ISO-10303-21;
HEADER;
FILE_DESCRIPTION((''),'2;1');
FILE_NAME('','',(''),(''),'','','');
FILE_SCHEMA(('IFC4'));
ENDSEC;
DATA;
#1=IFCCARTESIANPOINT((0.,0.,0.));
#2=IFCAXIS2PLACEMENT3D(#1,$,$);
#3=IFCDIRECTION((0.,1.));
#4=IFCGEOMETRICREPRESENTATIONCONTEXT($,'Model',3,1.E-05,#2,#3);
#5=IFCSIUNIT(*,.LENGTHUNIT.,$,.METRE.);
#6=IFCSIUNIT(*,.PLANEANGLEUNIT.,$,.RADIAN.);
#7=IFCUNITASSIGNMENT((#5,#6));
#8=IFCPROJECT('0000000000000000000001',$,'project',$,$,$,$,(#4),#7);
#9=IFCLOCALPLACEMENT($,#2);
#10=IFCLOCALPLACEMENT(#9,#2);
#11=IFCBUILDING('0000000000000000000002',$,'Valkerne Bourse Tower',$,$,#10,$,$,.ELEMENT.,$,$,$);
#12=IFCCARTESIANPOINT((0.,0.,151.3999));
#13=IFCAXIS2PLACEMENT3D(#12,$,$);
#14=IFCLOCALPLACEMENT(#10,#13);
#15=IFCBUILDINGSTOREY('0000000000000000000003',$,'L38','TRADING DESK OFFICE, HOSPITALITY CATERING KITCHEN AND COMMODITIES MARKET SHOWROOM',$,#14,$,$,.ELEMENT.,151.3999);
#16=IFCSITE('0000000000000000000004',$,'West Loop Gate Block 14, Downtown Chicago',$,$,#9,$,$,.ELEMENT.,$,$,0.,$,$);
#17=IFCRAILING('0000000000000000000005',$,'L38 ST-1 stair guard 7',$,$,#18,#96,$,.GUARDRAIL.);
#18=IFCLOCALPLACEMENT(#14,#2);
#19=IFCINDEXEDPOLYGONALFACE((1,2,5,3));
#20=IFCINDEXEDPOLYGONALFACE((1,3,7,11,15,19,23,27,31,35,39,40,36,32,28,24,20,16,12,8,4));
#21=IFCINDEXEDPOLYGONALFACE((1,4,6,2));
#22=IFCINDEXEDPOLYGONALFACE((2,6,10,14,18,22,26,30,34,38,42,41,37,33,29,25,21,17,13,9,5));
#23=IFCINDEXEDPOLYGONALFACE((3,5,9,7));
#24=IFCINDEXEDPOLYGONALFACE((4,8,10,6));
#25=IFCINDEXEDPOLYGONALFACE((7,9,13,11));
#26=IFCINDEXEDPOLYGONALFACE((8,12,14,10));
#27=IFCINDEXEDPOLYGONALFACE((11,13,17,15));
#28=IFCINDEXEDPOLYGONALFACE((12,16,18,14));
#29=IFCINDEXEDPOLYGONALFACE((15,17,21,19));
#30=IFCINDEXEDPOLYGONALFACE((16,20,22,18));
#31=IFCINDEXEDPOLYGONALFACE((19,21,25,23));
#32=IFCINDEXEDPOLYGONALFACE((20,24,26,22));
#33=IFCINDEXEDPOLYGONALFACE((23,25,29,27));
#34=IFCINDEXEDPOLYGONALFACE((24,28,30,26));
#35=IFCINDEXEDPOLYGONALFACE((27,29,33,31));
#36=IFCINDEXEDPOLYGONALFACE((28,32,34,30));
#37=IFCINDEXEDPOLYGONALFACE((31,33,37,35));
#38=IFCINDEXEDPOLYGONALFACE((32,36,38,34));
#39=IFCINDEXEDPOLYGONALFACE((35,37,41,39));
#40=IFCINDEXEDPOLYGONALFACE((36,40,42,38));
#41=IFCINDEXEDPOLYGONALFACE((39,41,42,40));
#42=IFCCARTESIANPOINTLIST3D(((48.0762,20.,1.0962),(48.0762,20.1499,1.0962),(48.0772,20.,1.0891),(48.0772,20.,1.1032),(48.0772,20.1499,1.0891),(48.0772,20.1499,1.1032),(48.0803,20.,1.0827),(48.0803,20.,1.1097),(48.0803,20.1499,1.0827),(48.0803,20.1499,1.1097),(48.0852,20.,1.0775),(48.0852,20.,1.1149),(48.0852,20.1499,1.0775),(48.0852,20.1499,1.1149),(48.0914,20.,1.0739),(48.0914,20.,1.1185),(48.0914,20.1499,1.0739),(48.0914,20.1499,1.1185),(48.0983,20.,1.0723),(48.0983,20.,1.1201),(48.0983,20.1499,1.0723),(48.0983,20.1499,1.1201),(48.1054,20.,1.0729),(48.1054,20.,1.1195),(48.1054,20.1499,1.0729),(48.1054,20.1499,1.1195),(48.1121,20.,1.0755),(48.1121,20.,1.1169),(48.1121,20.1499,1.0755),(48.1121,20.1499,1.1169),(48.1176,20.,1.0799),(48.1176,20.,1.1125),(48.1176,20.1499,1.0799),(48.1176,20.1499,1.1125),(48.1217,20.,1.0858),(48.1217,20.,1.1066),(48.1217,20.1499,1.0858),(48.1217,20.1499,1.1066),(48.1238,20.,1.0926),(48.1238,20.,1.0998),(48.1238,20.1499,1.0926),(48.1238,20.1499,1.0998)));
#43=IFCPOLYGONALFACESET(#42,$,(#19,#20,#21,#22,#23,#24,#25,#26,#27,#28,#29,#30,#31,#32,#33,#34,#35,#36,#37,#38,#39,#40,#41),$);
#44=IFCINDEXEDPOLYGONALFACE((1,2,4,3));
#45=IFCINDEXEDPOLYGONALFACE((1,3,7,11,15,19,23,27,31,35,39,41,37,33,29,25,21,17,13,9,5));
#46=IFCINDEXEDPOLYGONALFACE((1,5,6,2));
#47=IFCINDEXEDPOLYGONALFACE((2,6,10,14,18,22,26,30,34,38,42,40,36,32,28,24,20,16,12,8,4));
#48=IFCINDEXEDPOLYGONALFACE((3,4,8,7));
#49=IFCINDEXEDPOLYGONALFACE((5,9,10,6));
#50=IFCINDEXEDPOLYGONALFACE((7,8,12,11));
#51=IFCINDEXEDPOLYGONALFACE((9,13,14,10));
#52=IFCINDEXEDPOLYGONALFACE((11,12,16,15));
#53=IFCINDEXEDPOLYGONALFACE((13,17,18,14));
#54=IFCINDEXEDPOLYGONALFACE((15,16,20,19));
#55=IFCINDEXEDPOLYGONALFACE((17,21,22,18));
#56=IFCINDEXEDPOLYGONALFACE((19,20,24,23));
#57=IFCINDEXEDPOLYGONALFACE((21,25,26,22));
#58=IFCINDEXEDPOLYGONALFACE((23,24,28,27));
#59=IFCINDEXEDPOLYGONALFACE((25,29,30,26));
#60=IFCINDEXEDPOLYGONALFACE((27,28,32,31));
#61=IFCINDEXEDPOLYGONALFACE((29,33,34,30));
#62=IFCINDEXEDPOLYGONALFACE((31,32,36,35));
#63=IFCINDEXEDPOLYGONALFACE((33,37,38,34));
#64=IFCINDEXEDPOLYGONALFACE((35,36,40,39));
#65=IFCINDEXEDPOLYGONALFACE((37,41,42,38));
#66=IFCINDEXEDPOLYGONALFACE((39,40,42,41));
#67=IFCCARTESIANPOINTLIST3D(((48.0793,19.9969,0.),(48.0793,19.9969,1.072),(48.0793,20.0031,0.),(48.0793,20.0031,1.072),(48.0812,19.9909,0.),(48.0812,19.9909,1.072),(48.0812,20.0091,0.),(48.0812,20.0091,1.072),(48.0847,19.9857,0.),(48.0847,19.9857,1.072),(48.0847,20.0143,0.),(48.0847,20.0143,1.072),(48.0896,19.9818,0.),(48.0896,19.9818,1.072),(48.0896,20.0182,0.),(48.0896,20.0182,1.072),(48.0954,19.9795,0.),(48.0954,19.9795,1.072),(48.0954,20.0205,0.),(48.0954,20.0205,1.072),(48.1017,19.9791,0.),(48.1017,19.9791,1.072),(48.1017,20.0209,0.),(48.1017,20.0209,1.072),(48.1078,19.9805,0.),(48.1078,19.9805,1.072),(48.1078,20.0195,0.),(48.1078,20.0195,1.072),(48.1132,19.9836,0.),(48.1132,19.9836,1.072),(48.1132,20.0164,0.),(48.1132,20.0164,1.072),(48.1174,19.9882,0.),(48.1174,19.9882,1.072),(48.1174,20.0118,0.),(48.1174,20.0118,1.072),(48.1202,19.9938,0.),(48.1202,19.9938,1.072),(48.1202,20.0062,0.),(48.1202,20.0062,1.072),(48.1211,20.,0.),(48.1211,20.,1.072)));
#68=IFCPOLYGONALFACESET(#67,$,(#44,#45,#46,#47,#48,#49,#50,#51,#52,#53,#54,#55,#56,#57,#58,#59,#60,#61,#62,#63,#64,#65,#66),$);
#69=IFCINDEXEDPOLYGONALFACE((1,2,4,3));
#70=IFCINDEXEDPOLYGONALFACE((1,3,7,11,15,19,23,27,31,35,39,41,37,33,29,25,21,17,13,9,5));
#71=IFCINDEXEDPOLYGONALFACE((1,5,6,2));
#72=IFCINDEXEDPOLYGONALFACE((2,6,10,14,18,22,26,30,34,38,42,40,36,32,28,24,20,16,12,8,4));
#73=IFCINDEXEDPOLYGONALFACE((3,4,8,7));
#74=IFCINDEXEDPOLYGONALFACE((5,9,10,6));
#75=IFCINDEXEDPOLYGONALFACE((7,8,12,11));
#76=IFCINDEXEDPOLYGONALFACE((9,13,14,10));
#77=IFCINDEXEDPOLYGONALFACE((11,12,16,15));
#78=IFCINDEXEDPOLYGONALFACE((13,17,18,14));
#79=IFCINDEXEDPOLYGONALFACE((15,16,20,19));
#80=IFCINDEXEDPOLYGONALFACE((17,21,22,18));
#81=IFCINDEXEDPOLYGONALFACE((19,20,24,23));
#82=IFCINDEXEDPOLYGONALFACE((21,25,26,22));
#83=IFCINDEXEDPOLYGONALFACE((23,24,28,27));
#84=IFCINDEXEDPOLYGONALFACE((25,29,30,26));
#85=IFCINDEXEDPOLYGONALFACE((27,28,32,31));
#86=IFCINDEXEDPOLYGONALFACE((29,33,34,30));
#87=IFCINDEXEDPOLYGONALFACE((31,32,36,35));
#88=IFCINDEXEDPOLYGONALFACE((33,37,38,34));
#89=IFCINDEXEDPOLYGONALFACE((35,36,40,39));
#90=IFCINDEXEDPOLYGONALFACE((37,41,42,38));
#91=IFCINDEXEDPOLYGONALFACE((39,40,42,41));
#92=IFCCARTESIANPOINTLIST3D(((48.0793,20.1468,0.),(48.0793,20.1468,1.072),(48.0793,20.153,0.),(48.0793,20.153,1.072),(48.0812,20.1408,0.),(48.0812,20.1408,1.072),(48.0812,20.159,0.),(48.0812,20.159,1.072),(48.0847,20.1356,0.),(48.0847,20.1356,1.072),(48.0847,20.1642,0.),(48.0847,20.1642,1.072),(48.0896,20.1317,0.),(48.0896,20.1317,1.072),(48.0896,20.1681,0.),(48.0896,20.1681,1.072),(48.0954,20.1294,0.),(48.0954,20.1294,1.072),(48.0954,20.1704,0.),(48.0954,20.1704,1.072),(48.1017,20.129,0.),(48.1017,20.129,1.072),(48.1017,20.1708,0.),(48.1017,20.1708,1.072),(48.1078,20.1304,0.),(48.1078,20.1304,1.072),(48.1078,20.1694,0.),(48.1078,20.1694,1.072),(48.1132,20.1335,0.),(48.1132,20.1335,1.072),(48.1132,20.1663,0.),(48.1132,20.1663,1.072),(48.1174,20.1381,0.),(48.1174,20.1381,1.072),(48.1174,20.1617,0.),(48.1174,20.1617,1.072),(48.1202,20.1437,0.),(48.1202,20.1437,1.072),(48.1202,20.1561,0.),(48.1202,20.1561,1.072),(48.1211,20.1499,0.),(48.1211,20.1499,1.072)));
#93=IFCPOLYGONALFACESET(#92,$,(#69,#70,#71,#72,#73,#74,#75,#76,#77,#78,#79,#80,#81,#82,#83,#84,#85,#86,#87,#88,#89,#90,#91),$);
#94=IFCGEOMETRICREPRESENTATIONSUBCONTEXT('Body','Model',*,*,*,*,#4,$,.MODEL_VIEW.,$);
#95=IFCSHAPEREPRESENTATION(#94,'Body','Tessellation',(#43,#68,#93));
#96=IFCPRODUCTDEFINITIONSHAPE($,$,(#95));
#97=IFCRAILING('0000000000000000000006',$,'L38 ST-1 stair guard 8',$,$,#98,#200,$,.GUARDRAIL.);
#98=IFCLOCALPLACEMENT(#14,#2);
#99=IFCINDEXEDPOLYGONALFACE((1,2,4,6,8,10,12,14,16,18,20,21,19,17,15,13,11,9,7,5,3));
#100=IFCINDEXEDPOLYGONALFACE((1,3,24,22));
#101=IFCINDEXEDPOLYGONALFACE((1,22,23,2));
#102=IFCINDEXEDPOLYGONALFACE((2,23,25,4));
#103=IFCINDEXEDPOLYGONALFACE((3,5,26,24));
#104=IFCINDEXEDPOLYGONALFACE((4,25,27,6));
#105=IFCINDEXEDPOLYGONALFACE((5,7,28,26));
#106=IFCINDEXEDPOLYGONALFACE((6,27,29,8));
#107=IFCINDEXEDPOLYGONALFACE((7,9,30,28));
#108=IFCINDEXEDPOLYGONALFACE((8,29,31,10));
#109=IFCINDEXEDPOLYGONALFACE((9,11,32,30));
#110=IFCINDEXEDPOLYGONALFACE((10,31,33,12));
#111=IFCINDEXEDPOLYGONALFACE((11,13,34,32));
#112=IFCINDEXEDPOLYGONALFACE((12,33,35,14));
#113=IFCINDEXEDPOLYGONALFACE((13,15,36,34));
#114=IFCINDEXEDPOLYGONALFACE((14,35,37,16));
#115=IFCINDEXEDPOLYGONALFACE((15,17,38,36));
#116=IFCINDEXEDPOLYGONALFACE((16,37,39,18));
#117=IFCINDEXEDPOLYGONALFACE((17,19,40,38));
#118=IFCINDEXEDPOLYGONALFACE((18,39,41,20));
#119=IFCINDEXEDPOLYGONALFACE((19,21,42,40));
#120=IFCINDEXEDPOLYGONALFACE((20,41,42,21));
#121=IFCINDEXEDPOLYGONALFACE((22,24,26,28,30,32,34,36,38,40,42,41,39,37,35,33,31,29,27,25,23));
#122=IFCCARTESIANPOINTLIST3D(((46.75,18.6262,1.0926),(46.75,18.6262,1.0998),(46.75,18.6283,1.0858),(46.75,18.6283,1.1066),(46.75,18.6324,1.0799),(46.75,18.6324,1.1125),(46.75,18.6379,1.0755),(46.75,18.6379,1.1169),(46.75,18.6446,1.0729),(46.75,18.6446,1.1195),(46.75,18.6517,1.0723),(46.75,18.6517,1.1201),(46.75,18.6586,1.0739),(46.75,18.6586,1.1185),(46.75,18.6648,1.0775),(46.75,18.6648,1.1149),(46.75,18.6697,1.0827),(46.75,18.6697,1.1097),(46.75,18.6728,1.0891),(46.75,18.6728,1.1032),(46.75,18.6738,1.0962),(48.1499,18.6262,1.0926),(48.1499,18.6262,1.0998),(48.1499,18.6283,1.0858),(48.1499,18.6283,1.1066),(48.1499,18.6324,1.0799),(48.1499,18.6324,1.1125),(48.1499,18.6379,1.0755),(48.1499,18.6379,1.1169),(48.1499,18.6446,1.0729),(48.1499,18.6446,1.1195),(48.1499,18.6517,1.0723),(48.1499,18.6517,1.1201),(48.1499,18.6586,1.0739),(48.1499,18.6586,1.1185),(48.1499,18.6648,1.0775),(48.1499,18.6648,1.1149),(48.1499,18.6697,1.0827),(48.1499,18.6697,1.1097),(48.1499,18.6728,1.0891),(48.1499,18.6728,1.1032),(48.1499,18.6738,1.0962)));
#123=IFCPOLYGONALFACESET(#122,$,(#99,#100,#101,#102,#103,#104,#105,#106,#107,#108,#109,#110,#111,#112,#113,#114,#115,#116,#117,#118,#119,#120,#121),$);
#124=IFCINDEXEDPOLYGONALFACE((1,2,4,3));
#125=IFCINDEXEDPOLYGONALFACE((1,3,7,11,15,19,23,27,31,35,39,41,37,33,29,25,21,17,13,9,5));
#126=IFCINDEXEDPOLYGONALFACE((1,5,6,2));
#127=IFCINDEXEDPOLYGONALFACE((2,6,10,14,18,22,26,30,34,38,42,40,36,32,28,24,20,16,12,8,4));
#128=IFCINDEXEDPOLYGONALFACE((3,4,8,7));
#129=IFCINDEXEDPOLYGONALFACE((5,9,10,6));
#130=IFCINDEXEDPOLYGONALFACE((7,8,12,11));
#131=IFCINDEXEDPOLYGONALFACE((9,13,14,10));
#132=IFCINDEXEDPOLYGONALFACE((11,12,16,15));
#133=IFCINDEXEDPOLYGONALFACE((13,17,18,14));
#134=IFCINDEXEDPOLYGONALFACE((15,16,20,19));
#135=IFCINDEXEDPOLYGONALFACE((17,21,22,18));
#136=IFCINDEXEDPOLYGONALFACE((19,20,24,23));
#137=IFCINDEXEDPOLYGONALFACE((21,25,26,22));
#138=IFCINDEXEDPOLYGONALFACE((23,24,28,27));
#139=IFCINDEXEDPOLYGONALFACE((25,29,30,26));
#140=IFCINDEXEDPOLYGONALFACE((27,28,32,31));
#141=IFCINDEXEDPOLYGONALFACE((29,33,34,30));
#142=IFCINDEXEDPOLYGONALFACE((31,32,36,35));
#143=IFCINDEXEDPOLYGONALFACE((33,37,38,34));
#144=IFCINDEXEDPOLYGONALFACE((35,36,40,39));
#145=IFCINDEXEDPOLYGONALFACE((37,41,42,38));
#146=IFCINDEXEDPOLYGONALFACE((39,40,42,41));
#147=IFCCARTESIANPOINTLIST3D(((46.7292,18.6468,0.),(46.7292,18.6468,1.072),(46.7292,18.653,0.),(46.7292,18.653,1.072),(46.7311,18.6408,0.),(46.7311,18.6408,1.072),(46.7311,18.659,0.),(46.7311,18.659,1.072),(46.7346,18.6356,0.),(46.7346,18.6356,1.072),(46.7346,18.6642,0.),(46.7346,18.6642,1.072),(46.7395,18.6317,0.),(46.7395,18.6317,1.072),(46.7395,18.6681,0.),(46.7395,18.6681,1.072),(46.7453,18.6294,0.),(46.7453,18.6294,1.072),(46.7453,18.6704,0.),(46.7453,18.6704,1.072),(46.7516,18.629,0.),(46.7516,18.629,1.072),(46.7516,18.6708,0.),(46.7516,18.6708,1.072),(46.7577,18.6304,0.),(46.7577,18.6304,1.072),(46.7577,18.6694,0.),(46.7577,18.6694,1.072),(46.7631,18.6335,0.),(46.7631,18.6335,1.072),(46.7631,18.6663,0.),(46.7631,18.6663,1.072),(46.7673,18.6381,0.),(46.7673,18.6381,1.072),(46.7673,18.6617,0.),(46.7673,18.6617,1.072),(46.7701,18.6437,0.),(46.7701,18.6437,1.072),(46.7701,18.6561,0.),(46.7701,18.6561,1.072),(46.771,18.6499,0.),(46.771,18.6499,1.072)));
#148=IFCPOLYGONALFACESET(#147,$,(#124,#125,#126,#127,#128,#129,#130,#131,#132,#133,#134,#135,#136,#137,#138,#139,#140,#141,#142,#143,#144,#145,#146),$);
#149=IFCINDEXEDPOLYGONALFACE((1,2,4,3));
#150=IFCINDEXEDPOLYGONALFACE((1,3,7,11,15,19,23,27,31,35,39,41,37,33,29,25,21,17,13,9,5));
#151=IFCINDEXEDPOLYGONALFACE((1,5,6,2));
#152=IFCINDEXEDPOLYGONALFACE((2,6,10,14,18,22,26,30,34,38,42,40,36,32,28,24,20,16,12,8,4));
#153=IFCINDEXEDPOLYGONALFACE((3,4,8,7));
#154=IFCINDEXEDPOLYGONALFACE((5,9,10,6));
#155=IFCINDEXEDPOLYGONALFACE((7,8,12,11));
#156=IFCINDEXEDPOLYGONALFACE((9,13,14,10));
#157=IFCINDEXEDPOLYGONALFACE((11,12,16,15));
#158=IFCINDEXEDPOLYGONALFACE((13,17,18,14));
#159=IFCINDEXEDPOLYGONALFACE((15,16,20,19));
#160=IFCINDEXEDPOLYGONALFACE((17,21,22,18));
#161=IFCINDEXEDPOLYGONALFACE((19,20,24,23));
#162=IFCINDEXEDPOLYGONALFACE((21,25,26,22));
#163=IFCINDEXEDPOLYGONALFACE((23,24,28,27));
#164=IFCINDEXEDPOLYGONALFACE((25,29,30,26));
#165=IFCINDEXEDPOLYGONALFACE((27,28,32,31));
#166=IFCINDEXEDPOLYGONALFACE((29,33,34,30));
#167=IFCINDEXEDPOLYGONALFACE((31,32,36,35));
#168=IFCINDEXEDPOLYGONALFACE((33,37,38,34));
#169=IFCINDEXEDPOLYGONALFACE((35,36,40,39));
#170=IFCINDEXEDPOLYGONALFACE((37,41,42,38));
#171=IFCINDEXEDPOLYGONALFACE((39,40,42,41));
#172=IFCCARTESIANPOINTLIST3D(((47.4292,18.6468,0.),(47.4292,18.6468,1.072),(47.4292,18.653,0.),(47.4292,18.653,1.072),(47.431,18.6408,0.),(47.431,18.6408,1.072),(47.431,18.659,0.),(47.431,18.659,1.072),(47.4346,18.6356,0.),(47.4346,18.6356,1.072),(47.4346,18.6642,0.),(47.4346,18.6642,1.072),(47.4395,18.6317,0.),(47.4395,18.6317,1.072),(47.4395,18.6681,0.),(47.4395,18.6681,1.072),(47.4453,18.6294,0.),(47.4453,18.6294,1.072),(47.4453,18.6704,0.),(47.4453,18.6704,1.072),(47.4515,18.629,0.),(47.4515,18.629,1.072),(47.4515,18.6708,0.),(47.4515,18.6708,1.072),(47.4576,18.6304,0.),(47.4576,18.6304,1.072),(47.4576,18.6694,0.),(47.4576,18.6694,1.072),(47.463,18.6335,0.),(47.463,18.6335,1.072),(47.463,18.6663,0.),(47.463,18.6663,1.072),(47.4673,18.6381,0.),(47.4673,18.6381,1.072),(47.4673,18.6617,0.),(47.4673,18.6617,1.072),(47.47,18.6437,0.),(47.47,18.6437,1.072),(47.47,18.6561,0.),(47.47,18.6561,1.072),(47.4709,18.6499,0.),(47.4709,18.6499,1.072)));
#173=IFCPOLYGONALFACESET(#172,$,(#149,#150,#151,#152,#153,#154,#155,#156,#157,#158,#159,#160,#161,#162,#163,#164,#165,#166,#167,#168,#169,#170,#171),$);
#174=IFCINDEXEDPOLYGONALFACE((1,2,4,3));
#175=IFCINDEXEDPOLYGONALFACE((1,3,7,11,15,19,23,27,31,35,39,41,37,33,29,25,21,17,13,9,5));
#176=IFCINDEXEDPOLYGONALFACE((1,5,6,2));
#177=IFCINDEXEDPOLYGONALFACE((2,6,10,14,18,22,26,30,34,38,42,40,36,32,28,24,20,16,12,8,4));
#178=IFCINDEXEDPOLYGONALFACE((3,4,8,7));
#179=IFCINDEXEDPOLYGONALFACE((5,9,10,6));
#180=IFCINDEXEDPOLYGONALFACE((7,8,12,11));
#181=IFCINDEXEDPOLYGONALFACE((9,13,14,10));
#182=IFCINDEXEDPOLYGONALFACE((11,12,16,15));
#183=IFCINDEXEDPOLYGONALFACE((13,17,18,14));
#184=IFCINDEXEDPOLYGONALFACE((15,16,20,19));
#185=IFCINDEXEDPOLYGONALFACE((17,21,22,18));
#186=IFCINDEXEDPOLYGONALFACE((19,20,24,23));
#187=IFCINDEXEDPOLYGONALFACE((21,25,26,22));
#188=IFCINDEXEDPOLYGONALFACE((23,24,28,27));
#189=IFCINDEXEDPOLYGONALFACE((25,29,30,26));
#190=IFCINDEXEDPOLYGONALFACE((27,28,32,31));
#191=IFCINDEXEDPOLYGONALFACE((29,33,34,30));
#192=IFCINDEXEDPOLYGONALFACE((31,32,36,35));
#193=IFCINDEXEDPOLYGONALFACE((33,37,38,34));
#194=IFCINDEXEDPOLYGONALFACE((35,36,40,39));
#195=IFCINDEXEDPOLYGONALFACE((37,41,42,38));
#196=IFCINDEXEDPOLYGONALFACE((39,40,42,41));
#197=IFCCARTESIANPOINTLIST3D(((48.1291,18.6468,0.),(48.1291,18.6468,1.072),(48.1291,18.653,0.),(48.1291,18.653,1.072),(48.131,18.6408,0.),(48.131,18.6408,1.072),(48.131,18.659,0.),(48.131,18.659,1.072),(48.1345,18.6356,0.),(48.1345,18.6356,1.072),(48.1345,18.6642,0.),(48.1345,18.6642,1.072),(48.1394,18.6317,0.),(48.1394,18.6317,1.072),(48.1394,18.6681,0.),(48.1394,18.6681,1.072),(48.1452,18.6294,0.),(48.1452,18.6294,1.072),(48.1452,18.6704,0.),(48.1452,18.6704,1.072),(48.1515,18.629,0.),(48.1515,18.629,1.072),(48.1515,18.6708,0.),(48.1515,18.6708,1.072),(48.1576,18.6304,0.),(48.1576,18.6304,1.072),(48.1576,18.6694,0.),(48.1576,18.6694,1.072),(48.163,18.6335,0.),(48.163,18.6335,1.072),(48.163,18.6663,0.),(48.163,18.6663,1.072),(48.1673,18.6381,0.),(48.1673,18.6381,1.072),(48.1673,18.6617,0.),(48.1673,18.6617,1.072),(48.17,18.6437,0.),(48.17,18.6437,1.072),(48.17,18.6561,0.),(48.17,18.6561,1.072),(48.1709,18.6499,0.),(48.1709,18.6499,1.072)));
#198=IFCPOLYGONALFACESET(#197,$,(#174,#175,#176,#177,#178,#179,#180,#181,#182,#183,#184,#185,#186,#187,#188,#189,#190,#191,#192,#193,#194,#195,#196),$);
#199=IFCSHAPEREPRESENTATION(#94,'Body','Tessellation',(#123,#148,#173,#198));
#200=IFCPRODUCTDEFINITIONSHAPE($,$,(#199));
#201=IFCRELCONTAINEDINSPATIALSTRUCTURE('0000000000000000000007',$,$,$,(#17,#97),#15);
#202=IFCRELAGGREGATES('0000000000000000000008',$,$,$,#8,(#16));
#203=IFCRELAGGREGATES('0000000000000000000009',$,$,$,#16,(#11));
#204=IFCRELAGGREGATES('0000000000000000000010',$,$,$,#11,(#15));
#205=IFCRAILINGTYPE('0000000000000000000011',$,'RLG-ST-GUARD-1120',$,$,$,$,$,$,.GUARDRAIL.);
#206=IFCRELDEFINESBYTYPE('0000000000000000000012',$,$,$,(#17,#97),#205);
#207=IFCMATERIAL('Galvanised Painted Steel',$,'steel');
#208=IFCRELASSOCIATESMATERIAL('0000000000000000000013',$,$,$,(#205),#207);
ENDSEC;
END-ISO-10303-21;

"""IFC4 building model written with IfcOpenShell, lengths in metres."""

from ifc_helpers import new_model, si_unit, direction, frame, origin, origin_2d, place, context, subcontext, project, spatial, circle, extrude, material, type_object, element, save


model = new_model("IFC4")

# Units and contexts
model_context = context("Model", 3, precision=1e-05, world=origin(), true_north=direction((0.0, 1.0)))
body_context = subcontext(model_context, "Body", "Model", "MODEL_VIEW")
ifc_project = project(units=[si_unit("LENGTHUNIT", "METRE"), si_unit("PLANEANGLEUNIT", "RADIAN")], contexts=[model_context])

# Site, building, storey
site_placement = place(None, origin())
site = spatial("IfcSite", under=ifc_project, at=site_placement, Name="West Loop Gate Block 14, Downtown Chicago", CompositionType="ELEMENT", RefElevation=0.0)
building_placement = place(site_placement, origin())
building = spatial("IfcBuilding", under=site, at=building_placement, Name="Valkerne Bourse Tower", CompositionType="ELEMENT")
storey_placement = place(building_placement, frame((0.0, 0.0, 151.3999)))
storey = spatial("IfcBuildingStorey", under=building, at=storey_placement, Name="L38", Description="TRADING DESK OFFICE, HOSPITALITY CATERING KITCHEN AND COMMODITIES MARKET SHOWROOM", CompositionType="ELEMENT", Elevation=151.3999)

# Shared definitions
ifc_material_1 = material(Name="Galvanised Painted Steel", Category="steel")

# Railings
railing_type_1 = type_object("IfcRailingType", Name="RLG-ST-GUARD-1120", PredefinedType="GUARDRAIL", material=ifc_material_1)
railing_1_placement = place(storey_placement, frame((48.1001, 20.0, 0.0)))
element("IfcRailing", 1, at=railing_1_placement, inside=storey, type_object=railing_type_1, Name="L38 ST-1 stair guard 7", PredefinedType="GUARDRAIL", context=body_context, shape_type="SweptSolid", body=[
    extrude(circle(Radius=0.0239, at=origin_2d()), frame((0.0, 0.0, 1.0962), z_axis=(0.0, 1.0, 0.0), x_axis=(-1.0, 0.0, 0.0)), (0.0, 0.0, 1.0), 0.1499),
    extrude(circle(Radius=0.021, at=origin_2d()), origin(), (0.0, 0.0, 1.0), 1.072),
    extrude(circle(Radius=0.021, at=origin_2d()), frame((0.0, 0.1499, 0.0)), (0.0, 0.0, 1.0), 1.072),
])
for number, where, name in (
    (2, (46.75, 18.6499, 0.0), "L38 ST-1 stair guard 8"),
):
    element("IfcRailing", number, at=place(storey_placement, frame(where)), inside=storey, type_object=railing_type_1, Name=name, PredefinedType="GUARDRAIL", context=body_context, shape_type="SweptSolid", body=[
        extrude(circle(Radius=0.0239, at=origin_2d()), frame((0.0, 0.0, 1.0962), z_axis=(1.0, 0.0, 0.0), x_axis=(0.0, 1.0, 0.0)), (0.0, 0.0, 1.0), 1.3999),
        extrude(circle(Radius=0.021, at=origin_2d()), origin(), (0.0, 0.0, 1.0), 1.072),
        extrude(circle(Radius=0.021, at=origin_2d()), frame((0.7, 0.0, 0.0)), (0.0, 0.0, 1.0), 1.072),
        extrude(circle(Radius=0.021, at=origin_2d()), frame((1.3999, 0.0, 0.0)), (0.0, 0.0, 1.0), 1.072),
    ])

save(model, "model.ifc")
